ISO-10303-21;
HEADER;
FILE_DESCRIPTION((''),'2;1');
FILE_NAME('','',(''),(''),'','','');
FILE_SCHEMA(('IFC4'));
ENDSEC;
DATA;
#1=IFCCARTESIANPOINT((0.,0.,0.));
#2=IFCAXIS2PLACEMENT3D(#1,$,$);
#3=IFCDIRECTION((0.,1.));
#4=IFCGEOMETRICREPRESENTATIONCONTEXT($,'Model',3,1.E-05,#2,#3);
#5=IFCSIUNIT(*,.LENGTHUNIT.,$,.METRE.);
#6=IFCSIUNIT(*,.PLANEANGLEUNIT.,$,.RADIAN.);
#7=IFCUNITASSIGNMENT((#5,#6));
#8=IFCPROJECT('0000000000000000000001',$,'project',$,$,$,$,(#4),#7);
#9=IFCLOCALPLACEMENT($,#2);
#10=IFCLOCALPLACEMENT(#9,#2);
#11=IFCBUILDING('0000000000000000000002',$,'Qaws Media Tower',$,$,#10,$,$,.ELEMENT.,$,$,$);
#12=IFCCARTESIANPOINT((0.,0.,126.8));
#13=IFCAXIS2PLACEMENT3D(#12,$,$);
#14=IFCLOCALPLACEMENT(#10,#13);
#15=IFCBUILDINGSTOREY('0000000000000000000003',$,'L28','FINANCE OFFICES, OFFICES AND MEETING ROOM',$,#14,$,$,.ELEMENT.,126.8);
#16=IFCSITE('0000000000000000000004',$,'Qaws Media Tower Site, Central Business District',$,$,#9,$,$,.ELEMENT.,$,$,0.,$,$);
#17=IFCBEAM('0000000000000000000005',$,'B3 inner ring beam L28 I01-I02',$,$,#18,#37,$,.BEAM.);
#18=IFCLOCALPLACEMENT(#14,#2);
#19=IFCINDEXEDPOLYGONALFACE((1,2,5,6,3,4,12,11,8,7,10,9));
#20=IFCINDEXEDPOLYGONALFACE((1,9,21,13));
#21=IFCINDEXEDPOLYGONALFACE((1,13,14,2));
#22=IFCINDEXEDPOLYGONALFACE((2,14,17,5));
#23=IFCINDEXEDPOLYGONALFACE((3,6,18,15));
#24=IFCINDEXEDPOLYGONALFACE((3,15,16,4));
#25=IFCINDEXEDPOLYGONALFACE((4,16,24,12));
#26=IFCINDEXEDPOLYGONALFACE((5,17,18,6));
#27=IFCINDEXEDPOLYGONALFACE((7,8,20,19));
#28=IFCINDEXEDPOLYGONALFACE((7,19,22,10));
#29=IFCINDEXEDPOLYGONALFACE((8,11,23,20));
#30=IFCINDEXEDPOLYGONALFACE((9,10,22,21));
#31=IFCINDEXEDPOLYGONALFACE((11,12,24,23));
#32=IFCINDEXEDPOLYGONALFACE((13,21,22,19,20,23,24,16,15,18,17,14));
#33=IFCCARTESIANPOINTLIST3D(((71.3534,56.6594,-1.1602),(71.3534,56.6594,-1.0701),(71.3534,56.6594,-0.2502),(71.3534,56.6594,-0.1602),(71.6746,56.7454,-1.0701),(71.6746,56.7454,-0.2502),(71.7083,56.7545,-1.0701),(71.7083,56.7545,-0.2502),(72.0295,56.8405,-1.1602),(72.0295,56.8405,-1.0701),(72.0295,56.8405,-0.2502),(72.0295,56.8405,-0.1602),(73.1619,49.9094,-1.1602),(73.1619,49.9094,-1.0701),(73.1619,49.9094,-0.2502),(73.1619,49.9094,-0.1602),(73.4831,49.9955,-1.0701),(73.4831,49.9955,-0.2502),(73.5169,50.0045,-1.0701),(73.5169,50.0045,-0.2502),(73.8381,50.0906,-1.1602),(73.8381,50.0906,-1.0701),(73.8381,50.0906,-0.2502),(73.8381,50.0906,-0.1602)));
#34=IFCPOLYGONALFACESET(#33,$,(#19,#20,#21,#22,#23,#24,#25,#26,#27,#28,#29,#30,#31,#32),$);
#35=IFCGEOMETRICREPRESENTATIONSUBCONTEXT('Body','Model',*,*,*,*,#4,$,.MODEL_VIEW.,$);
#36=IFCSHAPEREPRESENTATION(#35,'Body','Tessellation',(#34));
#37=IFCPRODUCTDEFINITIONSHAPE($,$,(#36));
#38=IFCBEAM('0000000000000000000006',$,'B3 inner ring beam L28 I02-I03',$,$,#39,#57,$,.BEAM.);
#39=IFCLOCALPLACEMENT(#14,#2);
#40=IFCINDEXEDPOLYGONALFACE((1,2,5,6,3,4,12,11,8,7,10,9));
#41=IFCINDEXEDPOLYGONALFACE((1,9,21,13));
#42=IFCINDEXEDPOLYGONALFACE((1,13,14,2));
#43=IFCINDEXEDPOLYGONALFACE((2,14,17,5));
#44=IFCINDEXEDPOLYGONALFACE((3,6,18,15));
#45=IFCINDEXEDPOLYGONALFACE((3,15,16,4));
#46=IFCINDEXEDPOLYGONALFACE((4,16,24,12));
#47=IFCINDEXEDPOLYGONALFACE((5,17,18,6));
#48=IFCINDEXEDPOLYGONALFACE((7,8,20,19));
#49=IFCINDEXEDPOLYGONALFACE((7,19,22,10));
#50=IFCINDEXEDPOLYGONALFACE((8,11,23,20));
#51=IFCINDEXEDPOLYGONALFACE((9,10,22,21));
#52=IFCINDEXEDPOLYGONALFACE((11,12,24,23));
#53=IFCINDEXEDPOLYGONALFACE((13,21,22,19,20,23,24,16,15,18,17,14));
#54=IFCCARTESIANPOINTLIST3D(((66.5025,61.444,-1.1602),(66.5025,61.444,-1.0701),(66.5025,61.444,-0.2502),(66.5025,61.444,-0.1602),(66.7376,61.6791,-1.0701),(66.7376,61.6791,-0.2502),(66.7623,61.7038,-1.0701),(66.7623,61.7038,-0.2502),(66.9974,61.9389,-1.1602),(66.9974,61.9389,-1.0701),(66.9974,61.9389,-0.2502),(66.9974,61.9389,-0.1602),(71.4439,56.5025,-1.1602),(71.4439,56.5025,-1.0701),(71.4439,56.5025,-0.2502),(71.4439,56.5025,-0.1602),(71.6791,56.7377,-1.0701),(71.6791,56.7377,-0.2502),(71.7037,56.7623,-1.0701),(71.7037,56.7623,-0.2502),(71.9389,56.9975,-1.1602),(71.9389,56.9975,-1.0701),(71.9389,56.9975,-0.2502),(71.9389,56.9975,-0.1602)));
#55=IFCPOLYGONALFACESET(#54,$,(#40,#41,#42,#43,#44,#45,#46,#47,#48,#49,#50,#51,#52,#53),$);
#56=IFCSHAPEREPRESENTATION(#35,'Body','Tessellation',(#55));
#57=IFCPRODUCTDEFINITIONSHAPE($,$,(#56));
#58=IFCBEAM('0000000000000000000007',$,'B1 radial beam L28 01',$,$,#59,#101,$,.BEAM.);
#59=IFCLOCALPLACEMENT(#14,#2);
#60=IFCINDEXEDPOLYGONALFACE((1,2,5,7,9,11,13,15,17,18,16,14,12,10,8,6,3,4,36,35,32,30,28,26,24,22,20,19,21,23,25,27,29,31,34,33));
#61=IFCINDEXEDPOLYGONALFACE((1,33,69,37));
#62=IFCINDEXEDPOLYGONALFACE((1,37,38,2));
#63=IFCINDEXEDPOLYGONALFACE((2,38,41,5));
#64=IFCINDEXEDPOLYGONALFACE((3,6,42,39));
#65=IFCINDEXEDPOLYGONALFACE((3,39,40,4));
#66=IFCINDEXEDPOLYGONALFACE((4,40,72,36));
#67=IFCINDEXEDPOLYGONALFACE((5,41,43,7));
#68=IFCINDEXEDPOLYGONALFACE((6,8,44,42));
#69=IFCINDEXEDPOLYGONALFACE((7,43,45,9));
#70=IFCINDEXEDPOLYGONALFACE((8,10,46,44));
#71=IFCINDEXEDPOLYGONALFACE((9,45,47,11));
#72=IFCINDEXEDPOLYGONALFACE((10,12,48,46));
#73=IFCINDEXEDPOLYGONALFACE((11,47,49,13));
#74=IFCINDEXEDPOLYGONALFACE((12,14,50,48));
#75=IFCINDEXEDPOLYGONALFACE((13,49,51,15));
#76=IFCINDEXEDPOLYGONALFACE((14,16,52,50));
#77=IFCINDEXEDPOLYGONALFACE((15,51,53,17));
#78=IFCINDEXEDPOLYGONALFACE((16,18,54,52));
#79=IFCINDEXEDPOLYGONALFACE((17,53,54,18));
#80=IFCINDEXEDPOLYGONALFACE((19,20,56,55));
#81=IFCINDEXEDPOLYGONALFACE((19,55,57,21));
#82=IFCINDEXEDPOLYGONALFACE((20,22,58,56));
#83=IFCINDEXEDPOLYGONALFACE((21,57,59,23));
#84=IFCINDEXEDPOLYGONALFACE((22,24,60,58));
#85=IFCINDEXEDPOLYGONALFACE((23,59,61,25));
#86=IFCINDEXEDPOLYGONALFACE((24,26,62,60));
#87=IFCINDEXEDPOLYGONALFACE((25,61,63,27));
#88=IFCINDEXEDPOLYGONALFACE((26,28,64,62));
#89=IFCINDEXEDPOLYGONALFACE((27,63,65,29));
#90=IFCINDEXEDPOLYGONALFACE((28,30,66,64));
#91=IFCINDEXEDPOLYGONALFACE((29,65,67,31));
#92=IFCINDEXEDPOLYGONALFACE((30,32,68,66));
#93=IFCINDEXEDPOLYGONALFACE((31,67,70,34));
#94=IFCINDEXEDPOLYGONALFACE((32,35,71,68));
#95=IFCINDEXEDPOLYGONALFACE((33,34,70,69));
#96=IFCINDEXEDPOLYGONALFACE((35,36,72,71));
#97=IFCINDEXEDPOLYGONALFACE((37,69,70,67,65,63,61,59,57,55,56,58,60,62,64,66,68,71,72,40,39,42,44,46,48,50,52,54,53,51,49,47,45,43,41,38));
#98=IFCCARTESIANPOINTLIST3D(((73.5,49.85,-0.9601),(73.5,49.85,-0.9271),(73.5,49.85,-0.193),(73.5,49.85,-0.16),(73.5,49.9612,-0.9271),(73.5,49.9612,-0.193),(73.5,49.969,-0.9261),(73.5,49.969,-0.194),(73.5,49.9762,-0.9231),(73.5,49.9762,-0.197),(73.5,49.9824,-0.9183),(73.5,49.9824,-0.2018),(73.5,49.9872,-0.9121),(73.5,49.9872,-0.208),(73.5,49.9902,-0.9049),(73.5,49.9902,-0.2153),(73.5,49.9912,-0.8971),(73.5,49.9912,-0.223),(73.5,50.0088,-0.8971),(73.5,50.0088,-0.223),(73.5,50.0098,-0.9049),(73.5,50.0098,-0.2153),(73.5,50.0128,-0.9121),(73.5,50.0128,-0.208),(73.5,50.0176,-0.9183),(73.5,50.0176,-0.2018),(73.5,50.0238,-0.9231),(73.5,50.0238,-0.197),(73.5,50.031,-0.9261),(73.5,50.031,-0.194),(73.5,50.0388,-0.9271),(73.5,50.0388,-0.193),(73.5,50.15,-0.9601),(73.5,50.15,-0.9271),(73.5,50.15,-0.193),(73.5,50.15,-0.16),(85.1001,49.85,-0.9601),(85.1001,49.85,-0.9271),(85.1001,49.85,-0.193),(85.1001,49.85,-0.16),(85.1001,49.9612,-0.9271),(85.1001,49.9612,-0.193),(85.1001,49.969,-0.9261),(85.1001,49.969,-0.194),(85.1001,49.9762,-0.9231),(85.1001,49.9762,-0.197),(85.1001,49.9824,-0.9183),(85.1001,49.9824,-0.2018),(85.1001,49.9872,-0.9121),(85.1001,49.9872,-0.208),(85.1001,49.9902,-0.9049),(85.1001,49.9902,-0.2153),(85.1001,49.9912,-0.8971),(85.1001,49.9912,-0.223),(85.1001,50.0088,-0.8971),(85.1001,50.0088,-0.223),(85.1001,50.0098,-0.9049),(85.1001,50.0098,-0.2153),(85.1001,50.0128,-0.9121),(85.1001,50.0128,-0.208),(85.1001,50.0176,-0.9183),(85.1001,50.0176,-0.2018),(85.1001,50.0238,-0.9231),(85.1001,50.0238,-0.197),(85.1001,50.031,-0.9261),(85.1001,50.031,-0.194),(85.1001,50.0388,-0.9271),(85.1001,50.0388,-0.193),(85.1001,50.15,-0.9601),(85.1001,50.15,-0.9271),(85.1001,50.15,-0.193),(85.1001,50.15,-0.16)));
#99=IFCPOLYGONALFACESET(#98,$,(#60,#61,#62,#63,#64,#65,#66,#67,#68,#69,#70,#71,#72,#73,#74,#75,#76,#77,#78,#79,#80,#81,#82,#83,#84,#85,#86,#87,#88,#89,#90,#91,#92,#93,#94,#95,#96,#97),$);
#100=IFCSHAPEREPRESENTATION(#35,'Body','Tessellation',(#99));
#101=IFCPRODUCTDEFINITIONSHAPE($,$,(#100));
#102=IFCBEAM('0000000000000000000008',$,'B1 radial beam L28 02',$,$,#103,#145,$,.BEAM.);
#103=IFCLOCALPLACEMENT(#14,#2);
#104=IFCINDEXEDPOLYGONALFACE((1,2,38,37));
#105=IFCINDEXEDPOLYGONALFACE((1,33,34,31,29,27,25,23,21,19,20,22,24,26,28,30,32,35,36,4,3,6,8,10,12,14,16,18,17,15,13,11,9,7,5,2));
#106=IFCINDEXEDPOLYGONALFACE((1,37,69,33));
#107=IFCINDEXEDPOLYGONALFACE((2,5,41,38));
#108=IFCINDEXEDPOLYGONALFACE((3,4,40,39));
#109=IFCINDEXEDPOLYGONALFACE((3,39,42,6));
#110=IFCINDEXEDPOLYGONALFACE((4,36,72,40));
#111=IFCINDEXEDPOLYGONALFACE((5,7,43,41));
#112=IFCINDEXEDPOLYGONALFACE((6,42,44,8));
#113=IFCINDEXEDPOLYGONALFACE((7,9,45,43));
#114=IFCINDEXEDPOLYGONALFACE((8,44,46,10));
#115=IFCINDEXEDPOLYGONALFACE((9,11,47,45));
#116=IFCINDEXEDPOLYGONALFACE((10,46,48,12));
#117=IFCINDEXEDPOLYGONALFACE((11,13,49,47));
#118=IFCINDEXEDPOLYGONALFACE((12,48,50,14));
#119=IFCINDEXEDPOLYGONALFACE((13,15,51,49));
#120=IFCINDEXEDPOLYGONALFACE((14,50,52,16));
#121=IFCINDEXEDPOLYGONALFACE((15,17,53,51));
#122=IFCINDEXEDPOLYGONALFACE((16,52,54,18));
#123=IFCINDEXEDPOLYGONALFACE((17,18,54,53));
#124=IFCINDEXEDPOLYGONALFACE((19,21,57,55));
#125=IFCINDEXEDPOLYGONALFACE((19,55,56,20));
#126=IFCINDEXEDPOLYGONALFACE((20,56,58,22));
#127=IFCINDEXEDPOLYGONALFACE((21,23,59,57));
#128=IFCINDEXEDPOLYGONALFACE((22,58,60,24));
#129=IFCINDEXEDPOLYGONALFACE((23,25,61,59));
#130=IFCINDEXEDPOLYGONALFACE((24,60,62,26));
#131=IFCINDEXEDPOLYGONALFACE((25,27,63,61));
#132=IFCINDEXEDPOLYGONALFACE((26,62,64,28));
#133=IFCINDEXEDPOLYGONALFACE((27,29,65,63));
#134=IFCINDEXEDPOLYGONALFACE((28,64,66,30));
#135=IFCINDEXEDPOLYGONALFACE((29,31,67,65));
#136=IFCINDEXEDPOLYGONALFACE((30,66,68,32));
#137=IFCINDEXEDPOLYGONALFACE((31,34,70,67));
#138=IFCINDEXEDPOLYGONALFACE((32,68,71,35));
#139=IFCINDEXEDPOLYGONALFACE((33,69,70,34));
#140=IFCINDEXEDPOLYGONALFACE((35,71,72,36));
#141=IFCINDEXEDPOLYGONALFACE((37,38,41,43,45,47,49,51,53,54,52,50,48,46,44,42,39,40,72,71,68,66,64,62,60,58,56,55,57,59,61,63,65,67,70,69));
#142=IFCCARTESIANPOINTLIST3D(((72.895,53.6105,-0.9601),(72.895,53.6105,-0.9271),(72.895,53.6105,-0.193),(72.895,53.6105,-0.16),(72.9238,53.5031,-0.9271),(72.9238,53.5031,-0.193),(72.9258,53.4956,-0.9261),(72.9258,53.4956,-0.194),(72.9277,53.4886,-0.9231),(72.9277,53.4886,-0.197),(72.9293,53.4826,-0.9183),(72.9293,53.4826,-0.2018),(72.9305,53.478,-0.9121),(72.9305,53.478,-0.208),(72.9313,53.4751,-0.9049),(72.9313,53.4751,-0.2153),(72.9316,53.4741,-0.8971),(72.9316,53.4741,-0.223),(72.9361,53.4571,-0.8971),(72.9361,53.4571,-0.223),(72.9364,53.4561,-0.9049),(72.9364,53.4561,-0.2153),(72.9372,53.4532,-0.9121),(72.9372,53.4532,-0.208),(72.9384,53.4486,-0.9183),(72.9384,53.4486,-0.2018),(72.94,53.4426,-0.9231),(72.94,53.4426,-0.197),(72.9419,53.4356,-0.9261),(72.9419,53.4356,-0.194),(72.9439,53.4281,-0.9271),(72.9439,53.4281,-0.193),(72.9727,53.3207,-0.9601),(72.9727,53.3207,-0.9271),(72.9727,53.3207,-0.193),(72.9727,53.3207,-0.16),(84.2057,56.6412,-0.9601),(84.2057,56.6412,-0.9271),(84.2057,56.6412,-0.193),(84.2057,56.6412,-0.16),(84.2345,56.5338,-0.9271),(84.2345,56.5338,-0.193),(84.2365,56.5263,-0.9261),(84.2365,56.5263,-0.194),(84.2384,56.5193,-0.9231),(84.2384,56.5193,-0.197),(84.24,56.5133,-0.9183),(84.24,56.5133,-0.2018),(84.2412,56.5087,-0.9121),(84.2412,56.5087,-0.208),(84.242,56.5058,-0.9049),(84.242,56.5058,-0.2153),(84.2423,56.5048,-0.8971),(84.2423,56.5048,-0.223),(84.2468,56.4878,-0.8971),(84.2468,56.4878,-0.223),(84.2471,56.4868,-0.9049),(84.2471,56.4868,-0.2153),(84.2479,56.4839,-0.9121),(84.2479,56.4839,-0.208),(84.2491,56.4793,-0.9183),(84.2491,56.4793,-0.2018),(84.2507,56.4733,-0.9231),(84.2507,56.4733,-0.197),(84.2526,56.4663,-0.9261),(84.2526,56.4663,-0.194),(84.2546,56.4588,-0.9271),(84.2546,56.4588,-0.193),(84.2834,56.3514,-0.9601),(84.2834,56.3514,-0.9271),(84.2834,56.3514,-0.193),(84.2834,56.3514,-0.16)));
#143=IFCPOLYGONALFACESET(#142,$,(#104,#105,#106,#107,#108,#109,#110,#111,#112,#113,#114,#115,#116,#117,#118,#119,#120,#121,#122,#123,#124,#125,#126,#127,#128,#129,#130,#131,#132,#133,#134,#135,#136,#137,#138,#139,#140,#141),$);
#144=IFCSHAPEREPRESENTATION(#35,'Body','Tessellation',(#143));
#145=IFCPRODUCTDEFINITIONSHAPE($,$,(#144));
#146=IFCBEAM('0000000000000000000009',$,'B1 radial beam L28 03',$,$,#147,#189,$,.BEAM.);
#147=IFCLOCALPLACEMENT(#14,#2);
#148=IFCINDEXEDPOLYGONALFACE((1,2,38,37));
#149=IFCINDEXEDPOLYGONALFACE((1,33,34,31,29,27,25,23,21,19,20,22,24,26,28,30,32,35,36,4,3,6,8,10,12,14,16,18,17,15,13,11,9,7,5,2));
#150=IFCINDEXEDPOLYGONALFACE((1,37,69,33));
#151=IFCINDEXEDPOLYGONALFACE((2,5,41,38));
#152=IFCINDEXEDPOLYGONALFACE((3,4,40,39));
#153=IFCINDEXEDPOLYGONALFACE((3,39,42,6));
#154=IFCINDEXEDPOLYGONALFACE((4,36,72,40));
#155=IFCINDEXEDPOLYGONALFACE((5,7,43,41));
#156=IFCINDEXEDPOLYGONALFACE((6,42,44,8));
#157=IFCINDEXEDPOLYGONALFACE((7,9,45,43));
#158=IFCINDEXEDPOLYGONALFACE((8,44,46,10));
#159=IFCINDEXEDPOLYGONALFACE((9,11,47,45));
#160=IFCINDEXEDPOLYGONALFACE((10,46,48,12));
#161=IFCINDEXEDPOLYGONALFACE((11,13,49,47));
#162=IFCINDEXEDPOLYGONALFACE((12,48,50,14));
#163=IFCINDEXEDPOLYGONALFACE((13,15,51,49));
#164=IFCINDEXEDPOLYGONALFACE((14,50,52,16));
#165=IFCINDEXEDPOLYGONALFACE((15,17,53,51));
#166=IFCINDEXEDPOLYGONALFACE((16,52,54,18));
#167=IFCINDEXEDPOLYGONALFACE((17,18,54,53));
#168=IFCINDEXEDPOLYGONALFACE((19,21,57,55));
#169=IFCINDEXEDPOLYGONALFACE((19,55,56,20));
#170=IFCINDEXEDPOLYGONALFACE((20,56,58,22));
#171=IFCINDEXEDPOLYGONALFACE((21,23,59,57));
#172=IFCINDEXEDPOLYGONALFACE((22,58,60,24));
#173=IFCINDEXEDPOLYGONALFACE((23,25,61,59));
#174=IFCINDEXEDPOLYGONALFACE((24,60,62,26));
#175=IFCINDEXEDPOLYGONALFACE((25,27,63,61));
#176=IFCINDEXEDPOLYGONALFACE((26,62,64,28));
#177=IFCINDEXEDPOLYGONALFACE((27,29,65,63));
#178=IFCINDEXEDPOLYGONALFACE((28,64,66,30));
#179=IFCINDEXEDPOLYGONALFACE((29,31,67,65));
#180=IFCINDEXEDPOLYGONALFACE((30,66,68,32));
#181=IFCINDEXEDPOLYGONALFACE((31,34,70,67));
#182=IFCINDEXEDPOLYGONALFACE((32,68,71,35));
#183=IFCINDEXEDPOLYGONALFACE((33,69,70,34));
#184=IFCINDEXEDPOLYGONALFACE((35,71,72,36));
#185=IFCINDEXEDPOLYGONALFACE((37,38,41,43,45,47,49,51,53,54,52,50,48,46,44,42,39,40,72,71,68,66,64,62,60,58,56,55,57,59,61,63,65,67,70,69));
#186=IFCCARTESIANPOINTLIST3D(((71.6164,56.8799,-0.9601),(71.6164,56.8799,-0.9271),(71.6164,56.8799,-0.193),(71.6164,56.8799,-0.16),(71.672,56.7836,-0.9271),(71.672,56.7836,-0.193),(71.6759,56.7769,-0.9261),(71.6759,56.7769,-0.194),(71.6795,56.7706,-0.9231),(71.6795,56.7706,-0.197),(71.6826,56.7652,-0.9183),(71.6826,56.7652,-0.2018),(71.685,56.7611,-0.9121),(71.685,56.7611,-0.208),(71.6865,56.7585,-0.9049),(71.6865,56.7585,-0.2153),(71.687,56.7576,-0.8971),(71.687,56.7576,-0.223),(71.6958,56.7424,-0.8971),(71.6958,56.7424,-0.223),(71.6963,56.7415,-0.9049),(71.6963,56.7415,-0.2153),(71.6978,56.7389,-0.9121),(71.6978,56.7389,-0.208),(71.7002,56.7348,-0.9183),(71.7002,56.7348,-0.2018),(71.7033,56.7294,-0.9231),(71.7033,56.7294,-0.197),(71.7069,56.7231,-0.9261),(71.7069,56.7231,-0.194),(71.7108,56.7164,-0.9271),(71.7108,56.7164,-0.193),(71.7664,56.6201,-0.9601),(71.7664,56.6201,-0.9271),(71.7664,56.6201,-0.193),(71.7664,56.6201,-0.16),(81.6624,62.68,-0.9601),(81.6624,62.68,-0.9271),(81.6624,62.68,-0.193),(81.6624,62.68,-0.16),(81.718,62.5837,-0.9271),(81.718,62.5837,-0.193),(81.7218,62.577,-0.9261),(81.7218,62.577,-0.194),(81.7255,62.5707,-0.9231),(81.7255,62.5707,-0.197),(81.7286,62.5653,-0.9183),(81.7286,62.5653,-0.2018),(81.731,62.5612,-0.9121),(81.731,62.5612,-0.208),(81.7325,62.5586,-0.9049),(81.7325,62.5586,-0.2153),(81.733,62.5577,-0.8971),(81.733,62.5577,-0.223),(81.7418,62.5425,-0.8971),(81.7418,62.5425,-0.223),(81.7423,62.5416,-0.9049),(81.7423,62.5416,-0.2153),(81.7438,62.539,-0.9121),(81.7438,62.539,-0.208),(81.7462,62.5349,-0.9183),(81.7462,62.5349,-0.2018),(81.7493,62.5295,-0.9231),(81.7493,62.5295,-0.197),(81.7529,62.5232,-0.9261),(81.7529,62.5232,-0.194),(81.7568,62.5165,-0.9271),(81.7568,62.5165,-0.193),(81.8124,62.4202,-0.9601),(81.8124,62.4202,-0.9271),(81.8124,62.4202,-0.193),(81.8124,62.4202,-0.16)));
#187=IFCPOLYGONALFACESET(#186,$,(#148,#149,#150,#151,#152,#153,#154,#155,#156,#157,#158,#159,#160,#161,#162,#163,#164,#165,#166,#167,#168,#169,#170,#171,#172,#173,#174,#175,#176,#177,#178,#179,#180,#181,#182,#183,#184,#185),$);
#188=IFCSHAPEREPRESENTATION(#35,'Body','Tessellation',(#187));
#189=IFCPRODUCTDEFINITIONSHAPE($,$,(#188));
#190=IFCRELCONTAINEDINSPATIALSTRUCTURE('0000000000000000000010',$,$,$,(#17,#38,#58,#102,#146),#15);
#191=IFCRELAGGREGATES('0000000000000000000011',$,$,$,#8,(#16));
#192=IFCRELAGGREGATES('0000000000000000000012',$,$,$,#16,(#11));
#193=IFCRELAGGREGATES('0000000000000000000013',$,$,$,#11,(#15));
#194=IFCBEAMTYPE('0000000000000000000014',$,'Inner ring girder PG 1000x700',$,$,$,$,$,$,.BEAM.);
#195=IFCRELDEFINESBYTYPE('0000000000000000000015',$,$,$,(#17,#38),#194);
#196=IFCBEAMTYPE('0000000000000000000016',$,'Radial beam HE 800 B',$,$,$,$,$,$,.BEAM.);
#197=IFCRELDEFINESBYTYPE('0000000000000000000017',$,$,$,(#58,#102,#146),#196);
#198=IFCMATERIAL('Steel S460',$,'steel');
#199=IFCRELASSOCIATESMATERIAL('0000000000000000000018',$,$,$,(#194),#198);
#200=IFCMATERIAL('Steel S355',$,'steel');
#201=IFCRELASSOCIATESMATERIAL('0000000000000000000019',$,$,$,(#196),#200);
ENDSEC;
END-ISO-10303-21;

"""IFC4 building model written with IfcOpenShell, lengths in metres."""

from ifc_helpers import new_model, si_unit, direction, frame, origin, origin_2d, place, context, subcontext, project, spatial, i_section, extrude, material, material_profile, profile_set, type_object, element, save


model = new_model("IFC4")

# Units and contexts
model_context = context("Model", 3, precision=1e-05, world=origin(), true_north=direction((0.0, 1.0)))
body_context = subcontext(model_context, "Body", "Model", "MODEL_VIEW")
ifc_project = project(units=[si_unit("LENGTHUNIT", "METRE"), si_unit("PLANEANGLEUNIT", "RADIAN")], contexts=[model_context])

# Site, building, storey
site_placement = place(None, origin())
site = spatial("IfcSite", under=ifc_project, at=site_placement, Name="Qaws Media Tower Site, Central Business District", CompositionType="ELEMENT", RefElevation=0.0)
building_placement = place(site_placement, origin())
building = spatial("IfcBuilding", under=site, at=building_placement, Name="Qaws Media Tower", CompositionType="ELEMENT")
storey_placement = place(building_placement, frame((0.0, 0.0, 126.8)))
storey = spatial("IfcBuildingStorey", under=building, at=storey_placement, Name="L28", Description="FINANCE OFFICES, OFFICES AND MEETING ROOM", CompositionType="ELEMENT", Elevation=126.8)

# Beams
ifc_material_1 = material(Name="Steel S460", Category="steel")
ifc_material_profile_1 = material_profile(ifc_material_1, i_section(OverallWidth=0.7, OverallDepth=1.0, WebThickness=0.0349, FlangeThickness=0.0901, at=origin_2d()), Name="PG 1000x700")
ifc_profile_set_1 = profile_set([ifc_material_profile_1], Name="Steel S460")
beam_type_1 = type_object("IfcBeamType", Name="Inner ring girder PG 1000x700", PredefinedType="BEAM", material=ifc_profile_set_1)
beam_1_placement = place(storey_placement, frame((73.5, 50.0, -0.6602), z_axis=(-0.258811, 0.965928, 0.0), x_axis=(-0.965928, -0.258811, 0.0)))
element("IfcBeam", 1, at=beam_1_placement, inside=storey, type_object=beam_type_1, Name="B3 inner ring beam L28 I01-I02", PredefinedType="BEAM", context=body_context, shape_type="SweptSolid", body=[
    extrude(i_section(OverallWidth=0.7, OverallDepth=1.0, WebThickness=0.0349, FlangeThickness=0.0901, at=origin_2d()), origin(), (0.0, 0.0, 1.0), 6.988),
])
beam_2_placement = place(storey_placement, frame((71.6914, 56.75, -0.6602), z_axis=(-0.707107, 0.707107, 0.0), x_axis=(-0.707107, -0.707107, 0.0)))
element("IfcBeam", 2, at=beam_2_placement, inside=storey, type_object=beam_type_1, Name="B3 inner ring beam L28 I02-I03", PredefinedType="BEAM", context=body_context, shape_type="SweptSolid", body=[
    extrude(i_section(OverallWidth=0.7, OverallDepth=1.0, WebThickness=0.0349, FlangeThickness=0.0901, at=origin_2d()), origin(), (0.0, 0.0, 1.0), 6.9883),
])
ifc_material_2 = material(Name="Steel S355", Category="steel")
ifc_material_profile_2 = material_profile(ifc_material_2, i_section(OverallWidth=0.3, OverallDepth=0.8, WebThickness=0.0176, FlangeThickness=0.033, FilletRadius=0.03, at=origin_2d()), Name="HE 800 B")
ifc_profile_set_2 = profile_set([ifc_material_profile_2], Name="Steel S355")
beam_type_2 = type_object("IfcBeamType", Name="Radial beam HE 800 B", PredefinedType="BEAM", material=ifc_profile_set_2)
beam_3_placement = place(storey_placement, frame((73.5, 50.0, -0.5601), z_axis=(1.0, 0.0, 0.0), x_axis=(0.0, 1.0, 0.0)))
element("IfcBeam", 3, at=beam_3_placement, inside=storey, type_object=beam_type_2, Name="B1 radial beam L28 01", PredefinedType="BEAM", context=body_context, shape_type="SweptSolid", body=[
    extrude(i_section(OverallWidth=0.3, OverallDepth=0.8, WebThickness=0.0176, FlangeThickness=0.033, FilletRadius=0.03, at=origin_2d()), origin(), (0.0, 0.0, 1.0), 11.6001),
])
beam_4_placement = place(storey_placement, frame((72.9338, 53.4656, -0.5601), z_axis=(0.965925, 0.258823, 0.0), x_axis=(-0.258823, 0.965925, 0.0)))
element("IfcBeam", 4, at=beam_4_placement, inside=storey, type_object=beam_type_2, Name="B1 radial beam L28 02", PredefinedType="BEAM", context=body_context, shape_type="SweptSolid", body=[
    extrude(i_section(OverallWidth=0.3, OverallDepth=0.8, WebThickness=0.0176, FlangeThickness=0.033, FilletRadius=0.03, at=origin_2d()), origin(), (0.0, 0.0, 1.0), 11.7097),
])
beam_5_placement = place(storey_placement, frame((71.6914, 56.75, -0.5601), z_axis=(0.866024, 0.500003, 0.0), x_axis=(-0.500003, 0.866024, 0.0)))
element("IfcBeam", 5, at=beam_5_placement, inside=storey, type_object=beam_type_2, Name="B1 radial beam L28 03", PredefinedType="BEAM", context=body_context, shape_type="SweptSolid", body=[
    extrude(i_section(OverallWidth=0.3, OverallDepth=0.8, WebThickness=0.0176, FlangeThickness=0.033, FilletRadius=0.03, at=origin_2d()), origin(), (0.0, 0.0, 1.0), 11.6001),
])

save(model, "model.ifc")
